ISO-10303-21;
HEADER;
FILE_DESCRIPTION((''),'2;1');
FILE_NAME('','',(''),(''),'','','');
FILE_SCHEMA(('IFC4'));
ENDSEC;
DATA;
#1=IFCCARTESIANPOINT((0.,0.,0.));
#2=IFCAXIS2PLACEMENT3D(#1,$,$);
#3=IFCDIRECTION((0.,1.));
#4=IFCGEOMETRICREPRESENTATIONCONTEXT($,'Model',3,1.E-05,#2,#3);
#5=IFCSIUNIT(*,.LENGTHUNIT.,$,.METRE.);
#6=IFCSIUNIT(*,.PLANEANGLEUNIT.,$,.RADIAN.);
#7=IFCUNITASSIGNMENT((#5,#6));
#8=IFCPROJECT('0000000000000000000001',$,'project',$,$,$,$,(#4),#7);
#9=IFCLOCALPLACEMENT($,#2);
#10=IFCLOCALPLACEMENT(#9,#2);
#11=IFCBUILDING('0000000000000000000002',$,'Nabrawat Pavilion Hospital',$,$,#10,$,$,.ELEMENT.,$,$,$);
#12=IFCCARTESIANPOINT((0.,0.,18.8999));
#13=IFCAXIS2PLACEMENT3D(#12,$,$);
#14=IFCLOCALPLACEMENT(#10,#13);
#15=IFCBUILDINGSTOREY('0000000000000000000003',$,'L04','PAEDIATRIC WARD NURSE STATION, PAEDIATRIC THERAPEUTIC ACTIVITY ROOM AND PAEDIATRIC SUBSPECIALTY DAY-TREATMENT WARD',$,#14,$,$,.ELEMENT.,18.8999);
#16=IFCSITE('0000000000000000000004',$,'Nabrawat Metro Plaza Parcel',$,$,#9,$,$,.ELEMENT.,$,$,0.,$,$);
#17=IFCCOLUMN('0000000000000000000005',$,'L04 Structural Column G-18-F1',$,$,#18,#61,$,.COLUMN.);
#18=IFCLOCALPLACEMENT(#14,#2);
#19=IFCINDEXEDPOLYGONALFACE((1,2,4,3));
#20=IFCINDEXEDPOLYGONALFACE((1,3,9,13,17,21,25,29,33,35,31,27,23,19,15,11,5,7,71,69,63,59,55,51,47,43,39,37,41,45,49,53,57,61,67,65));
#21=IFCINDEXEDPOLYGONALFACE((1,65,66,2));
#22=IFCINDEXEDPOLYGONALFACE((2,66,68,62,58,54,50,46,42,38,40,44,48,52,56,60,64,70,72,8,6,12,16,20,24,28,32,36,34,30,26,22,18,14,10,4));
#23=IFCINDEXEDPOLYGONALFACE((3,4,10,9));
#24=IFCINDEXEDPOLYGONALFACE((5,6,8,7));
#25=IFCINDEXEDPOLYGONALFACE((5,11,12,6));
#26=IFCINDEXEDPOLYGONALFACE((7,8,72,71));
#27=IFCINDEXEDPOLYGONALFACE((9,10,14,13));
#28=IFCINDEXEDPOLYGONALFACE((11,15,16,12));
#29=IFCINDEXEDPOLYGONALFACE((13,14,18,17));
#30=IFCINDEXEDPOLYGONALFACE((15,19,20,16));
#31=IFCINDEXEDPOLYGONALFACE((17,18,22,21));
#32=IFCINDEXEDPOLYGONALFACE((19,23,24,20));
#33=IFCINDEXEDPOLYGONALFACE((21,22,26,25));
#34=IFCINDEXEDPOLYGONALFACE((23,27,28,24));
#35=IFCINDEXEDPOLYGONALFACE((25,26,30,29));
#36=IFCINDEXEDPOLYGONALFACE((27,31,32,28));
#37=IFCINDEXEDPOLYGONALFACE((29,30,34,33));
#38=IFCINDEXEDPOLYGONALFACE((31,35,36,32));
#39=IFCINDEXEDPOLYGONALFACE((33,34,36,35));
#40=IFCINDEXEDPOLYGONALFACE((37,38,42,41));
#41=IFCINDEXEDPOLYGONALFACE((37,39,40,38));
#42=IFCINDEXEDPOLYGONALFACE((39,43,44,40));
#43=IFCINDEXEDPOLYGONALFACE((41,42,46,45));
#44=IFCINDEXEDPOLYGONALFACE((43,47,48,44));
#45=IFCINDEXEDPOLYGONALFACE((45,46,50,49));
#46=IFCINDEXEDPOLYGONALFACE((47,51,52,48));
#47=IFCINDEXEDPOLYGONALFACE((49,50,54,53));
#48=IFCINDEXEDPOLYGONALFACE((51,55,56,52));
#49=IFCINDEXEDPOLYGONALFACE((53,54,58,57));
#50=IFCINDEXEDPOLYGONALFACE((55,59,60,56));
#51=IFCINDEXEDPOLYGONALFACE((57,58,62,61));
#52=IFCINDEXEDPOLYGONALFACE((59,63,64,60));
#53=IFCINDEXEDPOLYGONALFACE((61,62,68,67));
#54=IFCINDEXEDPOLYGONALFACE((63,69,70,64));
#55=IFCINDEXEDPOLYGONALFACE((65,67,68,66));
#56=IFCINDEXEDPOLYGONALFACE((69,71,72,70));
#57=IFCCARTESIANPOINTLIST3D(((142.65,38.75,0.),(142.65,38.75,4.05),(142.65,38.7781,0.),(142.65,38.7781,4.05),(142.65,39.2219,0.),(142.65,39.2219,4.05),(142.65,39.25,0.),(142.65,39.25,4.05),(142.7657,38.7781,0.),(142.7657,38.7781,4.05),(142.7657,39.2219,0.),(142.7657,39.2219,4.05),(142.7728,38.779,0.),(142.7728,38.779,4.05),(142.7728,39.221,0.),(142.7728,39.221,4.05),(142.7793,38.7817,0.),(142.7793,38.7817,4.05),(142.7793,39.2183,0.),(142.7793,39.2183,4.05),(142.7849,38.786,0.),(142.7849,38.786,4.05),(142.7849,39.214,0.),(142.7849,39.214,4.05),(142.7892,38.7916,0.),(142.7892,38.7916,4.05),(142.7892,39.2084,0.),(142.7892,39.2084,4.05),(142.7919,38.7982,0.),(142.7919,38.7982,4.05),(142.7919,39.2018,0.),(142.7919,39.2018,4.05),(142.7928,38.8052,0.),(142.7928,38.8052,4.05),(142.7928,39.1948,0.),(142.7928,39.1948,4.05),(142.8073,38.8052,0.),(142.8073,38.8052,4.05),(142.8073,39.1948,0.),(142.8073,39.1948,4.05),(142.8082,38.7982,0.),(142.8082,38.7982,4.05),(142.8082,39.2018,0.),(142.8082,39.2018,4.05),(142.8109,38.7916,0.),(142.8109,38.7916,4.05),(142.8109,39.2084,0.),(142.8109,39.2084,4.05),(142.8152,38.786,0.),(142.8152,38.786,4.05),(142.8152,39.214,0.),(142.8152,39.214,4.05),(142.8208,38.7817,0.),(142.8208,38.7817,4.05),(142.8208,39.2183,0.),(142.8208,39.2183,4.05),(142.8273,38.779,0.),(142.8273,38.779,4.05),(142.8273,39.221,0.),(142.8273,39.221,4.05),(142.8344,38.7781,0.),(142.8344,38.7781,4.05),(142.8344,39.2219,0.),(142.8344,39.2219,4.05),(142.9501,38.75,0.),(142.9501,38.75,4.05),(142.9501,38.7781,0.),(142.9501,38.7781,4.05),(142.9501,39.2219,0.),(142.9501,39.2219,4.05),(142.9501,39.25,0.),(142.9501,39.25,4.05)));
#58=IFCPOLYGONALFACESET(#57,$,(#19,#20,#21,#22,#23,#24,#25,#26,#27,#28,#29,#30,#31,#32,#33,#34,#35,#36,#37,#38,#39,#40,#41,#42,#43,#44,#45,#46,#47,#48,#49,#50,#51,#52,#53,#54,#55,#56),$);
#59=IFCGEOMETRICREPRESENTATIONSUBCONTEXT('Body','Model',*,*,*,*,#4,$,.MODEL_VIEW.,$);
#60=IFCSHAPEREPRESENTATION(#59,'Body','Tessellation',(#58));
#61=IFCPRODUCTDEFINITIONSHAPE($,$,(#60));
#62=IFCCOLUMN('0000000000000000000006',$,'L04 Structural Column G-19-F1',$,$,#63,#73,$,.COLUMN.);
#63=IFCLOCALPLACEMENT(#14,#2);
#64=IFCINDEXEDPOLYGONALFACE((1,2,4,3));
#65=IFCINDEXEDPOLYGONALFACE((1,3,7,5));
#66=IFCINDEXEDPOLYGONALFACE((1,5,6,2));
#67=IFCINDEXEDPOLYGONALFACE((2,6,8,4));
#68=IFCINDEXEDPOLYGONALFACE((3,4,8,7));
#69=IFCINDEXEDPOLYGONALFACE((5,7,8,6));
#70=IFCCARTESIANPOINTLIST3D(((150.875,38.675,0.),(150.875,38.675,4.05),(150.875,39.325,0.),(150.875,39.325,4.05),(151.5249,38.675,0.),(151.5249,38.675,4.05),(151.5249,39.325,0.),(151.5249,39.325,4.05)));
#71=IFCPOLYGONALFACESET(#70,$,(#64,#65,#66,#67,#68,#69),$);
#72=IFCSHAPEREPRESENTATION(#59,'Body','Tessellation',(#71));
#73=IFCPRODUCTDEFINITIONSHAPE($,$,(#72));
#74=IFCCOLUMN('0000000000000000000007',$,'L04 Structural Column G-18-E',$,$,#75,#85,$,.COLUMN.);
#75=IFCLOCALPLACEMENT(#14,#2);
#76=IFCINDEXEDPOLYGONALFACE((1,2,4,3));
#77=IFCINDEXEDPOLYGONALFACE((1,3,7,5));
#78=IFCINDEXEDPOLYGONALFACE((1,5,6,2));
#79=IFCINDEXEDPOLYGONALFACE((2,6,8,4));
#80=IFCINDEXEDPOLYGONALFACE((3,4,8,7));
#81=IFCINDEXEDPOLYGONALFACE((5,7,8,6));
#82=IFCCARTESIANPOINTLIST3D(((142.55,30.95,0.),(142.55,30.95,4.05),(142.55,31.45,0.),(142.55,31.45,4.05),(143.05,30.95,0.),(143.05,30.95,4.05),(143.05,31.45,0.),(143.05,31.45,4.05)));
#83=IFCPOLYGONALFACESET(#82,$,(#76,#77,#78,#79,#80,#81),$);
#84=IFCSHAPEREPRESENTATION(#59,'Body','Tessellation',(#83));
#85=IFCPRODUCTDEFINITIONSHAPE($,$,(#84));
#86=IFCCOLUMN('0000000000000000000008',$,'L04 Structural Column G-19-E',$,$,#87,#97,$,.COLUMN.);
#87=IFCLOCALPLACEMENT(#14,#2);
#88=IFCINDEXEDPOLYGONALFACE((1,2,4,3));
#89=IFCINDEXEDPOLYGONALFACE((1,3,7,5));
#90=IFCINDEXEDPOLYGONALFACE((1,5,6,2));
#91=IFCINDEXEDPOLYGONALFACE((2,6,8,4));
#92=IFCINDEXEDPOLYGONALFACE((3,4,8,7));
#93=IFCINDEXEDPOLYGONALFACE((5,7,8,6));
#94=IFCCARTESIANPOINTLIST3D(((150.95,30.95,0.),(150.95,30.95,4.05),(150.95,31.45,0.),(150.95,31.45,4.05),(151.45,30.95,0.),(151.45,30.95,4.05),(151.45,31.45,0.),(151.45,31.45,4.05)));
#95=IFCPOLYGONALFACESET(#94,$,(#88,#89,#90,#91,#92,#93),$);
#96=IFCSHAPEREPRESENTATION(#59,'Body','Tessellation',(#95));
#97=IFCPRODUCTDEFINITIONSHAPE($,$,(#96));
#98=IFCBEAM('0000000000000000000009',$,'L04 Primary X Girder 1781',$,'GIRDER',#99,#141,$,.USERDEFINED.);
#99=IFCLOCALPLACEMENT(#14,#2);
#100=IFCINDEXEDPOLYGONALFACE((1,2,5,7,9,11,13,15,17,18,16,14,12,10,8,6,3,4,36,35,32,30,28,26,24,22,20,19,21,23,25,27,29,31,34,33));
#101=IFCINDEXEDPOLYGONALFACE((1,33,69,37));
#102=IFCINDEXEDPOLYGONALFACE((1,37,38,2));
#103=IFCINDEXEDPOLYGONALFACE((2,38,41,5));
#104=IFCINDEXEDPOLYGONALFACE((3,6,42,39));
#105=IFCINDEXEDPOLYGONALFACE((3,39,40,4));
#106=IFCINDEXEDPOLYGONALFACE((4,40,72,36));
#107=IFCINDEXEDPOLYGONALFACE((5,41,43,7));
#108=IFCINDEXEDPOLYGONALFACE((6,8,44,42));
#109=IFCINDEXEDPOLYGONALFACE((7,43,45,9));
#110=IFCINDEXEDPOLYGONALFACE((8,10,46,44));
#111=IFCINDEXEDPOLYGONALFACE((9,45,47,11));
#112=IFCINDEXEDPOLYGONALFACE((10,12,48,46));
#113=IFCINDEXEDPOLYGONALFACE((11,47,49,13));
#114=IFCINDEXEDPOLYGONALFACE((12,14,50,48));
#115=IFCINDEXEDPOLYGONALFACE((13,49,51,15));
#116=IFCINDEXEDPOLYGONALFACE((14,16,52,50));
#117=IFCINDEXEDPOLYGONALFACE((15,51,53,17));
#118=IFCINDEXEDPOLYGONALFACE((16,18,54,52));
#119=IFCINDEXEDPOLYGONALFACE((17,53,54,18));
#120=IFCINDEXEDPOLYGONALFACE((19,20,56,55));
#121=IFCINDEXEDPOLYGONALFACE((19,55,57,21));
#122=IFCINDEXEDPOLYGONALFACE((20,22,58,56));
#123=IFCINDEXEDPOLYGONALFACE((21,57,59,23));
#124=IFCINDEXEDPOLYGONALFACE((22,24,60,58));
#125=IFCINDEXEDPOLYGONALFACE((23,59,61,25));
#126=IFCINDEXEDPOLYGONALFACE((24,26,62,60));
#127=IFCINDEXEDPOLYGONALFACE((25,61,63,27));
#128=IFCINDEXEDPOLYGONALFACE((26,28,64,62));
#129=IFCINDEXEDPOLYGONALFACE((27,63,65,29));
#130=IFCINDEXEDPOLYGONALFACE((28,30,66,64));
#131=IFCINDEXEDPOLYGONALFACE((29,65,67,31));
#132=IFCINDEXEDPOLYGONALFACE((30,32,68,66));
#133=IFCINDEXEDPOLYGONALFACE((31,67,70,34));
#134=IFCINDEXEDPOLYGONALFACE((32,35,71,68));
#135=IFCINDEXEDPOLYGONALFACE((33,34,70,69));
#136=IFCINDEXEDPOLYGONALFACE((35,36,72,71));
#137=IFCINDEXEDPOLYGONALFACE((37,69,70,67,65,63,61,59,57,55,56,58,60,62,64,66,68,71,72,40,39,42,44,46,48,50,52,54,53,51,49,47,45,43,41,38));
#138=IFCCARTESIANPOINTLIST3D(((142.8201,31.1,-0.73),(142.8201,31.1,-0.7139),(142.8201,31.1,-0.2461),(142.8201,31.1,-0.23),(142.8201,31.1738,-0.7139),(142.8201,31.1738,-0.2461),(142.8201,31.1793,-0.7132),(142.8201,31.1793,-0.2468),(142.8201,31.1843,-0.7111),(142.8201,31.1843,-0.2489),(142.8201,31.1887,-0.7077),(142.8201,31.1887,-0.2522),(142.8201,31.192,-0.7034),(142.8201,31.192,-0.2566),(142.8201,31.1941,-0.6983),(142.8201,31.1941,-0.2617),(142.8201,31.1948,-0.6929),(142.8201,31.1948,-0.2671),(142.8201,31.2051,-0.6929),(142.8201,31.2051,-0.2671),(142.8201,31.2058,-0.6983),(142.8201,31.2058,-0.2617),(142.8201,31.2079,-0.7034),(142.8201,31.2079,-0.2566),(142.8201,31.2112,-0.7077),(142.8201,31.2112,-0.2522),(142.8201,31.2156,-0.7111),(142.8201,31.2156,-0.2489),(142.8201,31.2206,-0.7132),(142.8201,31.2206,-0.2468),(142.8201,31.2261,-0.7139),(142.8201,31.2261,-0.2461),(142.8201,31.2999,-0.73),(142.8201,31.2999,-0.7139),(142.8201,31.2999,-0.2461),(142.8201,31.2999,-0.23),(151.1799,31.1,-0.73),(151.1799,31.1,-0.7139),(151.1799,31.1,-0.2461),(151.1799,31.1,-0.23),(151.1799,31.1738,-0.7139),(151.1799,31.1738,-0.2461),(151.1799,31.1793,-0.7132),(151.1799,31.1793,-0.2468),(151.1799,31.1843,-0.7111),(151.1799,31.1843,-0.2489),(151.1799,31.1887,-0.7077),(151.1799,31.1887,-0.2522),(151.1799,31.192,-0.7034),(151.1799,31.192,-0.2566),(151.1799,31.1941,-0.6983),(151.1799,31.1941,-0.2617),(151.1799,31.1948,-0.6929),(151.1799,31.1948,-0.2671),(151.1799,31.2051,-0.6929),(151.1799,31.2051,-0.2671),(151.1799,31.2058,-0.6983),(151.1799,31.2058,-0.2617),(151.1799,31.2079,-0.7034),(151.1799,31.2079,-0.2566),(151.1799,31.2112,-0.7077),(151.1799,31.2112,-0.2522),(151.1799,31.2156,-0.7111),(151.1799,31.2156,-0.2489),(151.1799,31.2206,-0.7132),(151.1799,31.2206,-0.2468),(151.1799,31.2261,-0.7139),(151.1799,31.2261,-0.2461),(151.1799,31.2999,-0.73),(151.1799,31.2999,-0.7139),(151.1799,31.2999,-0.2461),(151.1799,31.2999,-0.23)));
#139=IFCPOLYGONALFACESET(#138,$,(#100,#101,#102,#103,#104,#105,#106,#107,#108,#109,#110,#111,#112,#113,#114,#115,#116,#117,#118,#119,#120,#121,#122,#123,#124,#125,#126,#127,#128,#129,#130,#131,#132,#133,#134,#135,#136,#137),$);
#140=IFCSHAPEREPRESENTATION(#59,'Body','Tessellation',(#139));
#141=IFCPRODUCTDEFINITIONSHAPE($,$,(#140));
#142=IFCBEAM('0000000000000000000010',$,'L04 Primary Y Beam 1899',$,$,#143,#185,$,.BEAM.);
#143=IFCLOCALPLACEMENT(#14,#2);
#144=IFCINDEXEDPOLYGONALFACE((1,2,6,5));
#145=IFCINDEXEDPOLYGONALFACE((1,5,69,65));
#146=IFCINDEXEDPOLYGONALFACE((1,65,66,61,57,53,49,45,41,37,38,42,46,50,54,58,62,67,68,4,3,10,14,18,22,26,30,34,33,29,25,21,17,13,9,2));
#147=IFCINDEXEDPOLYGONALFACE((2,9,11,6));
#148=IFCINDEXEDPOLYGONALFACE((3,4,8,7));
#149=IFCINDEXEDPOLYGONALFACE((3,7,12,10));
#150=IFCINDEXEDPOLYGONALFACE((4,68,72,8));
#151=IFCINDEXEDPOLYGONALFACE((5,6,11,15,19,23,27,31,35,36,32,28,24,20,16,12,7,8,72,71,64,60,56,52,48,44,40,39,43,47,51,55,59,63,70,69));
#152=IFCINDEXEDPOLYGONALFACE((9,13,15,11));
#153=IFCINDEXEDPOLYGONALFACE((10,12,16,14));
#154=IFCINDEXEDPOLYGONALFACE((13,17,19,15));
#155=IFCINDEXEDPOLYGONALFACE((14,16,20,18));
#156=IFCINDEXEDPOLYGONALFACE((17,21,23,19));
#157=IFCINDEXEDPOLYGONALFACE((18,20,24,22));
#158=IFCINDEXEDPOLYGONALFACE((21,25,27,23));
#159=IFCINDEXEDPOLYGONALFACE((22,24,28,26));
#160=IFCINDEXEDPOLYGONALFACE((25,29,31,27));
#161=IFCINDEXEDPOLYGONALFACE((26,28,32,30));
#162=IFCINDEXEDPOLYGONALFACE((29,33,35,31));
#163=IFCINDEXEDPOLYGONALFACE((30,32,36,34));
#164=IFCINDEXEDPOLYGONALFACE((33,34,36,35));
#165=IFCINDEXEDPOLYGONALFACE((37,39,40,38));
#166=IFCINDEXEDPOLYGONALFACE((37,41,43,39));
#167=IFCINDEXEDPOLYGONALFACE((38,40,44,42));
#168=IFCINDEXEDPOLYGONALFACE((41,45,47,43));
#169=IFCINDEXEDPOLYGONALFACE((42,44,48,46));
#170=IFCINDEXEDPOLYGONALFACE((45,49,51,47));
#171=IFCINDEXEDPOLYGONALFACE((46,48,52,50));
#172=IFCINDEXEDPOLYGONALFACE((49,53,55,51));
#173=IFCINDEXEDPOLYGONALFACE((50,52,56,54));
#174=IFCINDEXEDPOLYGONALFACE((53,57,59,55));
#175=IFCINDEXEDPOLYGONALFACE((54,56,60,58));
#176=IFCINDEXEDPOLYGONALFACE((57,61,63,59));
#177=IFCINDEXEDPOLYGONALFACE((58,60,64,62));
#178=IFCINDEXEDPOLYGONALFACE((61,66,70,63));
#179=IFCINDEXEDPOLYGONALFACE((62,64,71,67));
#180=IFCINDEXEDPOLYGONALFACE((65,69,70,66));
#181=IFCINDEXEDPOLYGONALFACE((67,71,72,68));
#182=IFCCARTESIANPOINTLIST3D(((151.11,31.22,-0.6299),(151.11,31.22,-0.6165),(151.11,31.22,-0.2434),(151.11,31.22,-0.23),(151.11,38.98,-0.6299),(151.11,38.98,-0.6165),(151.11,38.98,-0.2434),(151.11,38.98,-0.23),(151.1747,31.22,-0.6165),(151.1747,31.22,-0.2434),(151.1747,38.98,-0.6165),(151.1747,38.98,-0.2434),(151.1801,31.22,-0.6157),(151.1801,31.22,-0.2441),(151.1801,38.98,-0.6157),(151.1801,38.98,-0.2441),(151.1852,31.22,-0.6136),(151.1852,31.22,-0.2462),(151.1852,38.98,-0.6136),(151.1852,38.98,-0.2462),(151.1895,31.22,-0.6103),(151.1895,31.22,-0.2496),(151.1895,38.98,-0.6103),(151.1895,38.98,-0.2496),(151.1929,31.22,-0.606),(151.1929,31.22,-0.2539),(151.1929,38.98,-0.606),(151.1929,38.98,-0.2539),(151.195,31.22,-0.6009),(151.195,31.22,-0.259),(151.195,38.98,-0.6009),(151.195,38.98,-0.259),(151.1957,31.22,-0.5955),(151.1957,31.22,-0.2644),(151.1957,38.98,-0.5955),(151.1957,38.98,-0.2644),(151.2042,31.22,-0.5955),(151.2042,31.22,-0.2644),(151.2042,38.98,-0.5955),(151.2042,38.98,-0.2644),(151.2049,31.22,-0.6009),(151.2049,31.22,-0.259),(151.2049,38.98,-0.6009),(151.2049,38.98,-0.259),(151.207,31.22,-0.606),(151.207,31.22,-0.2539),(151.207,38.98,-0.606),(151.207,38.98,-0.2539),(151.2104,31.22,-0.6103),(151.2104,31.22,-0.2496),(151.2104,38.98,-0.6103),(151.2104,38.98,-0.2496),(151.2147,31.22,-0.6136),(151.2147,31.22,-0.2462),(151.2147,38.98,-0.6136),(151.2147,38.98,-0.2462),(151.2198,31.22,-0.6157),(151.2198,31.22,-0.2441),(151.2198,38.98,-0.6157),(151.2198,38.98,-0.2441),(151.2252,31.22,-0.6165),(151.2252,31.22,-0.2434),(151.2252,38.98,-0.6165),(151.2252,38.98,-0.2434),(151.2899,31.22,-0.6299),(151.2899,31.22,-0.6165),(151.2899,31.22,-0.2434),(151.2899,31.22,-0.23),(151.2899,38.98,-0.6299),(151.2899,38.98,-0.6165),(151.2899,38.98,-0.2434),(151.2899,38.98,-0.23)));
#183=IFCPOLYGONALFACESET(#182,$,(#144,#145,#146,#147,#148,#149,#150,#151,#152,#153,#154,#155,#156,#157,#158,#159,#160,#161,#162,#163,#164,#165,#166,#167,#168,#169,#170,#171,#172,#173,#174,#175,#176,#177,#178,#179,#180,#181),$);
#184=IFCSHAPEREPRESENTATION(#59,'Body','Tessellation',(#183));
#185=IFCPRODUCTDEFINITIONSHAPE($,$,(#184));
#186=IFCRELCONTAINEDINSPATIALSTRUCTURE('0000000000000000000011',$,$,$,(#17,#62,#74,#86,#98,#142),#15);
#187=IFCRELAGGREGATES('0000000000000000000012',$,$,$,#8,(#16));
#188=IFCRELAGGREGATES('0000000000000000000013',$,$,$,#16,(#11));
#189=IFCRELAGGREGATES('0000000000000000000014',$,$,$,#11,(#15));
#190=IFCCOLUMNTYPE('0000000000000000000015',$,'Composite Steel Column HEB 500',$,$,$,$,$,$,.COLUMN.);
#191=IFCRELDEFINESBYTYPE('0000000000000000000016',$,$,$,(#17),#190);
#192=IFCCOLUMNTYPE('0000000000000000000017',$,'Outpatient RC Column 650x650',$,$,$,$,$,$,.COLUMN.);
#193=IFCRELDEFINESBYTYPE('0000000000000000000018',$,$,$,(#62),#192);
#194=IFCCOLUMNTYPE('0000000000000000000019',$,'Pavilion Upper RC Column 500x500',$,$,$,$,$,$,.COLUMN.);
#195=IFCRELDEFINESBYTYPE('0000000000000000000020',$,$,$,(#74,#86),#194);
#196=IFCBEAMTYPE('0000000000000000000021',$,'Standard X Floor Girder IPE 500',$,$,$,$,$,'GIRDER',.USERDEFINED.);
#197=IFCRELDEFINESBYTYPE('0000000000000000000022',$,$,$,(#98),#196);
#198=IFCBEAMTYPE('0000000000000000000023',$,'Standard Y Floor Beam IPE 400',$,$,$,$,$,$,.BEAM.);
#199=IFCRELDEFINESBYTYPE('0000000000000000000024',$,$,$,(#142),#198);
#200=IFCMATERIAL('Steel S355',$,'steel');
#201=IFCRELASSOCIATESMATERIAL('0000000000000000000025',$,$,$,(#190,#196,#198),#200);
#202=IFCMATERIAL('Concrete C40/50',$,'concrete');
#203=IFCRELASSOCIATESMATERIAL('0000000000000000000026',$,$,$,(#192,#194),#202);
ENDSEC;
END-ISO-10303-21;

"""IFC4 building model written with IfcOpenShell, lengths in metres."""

from ifc_helpers import new_model, si_unit, direction, frame, origin, origin_2d, place, context, subcontext, project, spatial, rectangle, i_section, extrude, material, material_profile, profile_set, type_object, element, save


model = new_model("IFC4")

# Units and contexts
model_context = context("Model", 3, precision=1e-05, world=origin(), true_north=direction((0.0, 1.0)))
body_context = subcontext(model_context, "Body", "Model", "MODEL_VIEW")
ifc_project = project(units=[si_unit("LENGTHUNIT", "METRE"), si_unit("PLANEANGLEUNIT", "RADIAN")], contexts=[model_context])

# Site, building, storey
site_placement = place(None, origin())
site = spatial("IfcSite", under=ifc_project, at=site_placement, Name="Nabrawat Metro Plaza Parcel", CompositionType="ELEMENT", RefElevation=0.0)
building_placement = place(site_placement, origin())
building = spatial("IfcBuilding", under=site, at=building_placement, Name="Nabrawat Pavilion Hospital", CompositionType="ELEMENT")
storey_placement = place(building_placement, frame((0.0, 0.0, 18.8999)))
storey = spatial("IfcBuildingStorey", under=building, at=storey_placement, Name="L04", Description="PAEDIATRIC WARD NURSE STATION, PAEDIATRIC THERAPEUTIC ACTIVITY ROOM AND PAEDIATRIC SUBSPECIALTY DAY-TREATMENT WARD", CompositionType="ELEMENT", Elevation=18.8999)

# Columns
ifc_material_1 = material(Name="Steel S355", Category="steel")
ifc_material_profile_1 = material_profile(ifc_material_1, i_section(OverallWidth=0.3, OverallDepth=0.5, WebThickness=0.0144, FlangeThickness=0.0281, FilletRadius=0.0271, at=origin_2d()), Name="HEB 500")
ifc_profile_set_1 = profile_set([ifc_material_profile_1], Name="Steel S355")
column_type_1 = type_object("IfcColumnType", Name="Composite Steel Column HEB 500", PredefinedType="COLUMN", material=ifc_profile_set_1)
column_1_placement = place(storey_placement, frame((142.8, 39.0, 0.0), z_axis=(0.0, 0.0, 1.0), x_axis=(1.0, 0.0, 0.0)))
element("IfcColumn", 1, at=column_1_placement, inside=storey, type_object=column_type_1, Name="L04 Structural Column G-18-F1", PredefinedType="COLUMN", context=body_context, shape_type="SweptSolid", body=[
    extrude(i_section(OverallWidth=0.3, OverallDepth=0.5, WebThickness=0.0144, FlangeThickness=0.0281, FilletRadius=0.0271, at=origin_2d()), origin(), (0.0, 0.0, 1.0), 4.05),
])
ifc_material_2 = material(Name="Concrete C40/50", Category="concrete")
ifc_material_profile_2 = material_profile(ifc_material_2, rectangle(XDim=0.6499, YDim=0.6499, at=origin_2d()), Name="RC 650x650")
ifc_profile_set_2 = profile_set([ifc_material_profile_2], Name="Concrete C40/50")
column_type_2 = type_object("IfcColumnType", Name="Outpatient RC Column 650x650", PredefinedType="COLUMN", material=ifc_profile_set_2)
column_2_placement = place(storey_placement, frame((151.2, 39.0, 0.0), z_axis=(0.0, 0.0, 1.0), x_axis=(1.0, 0.0, 0.0)))
element("IfcColumn", 2, at=column_2_placement, inside=storey, type_object=column_type_2, Name="L04 Structural Column G-19-F1", PredefinedType="COLUMN", context=body_context, shape_type="SweptSolid", body=[
    extrude(rectangle(XDim=0.6499, YDim=0.6499, at=origin_2d()), origin(), (0.0, 0.0, 1.0), 4.05),
])
ifc_material_profile_3 = material_profile(ifc_material_2, rectangle(XDim=0.5, YDim=0.5, at=origin_2d()), Name="RC 500x500")
ifc_profile_set_3 = profile_set([ifc_material_profile_3], Name="Concrete C40/50")
column_type_3 = type_object("IfcColumnType", Name="Pavilion Upper RC Column 500x500", PredefinedType="COLUMN", material=ifc_profile_set_3)
for number, where, z_axis, x_axis, name in (
    (3, (142.8, 31.2, 0.0), (0.0, 0.0, 1.0), (1.0, 0.0, 0.0), "L04 Structural Column G-18-E"),
    (4, (151.2, 31.2, 0.0), (0.0, 0.0, 1.0), (1.0, 0.0, 0.0), "L04 Structural Column G-19-E"),
):
    element("IfcColumn", number, at=place(storey_placement, frame(where, z_axis=z_axis, x_axis=x_axis)), inside=storey, type_object=column_type_3, Name=name, PredefinedType="COLUMN", context=body_context, shape_type="SweptSolid", body=[
        extrude(rectangle(XDim=0.5, YDim=0.5, at=origin_2d()), origin(), (0.0, 0.0, 1.0), 4.05),
    ])

# Beams
ifc_material_profile_4 = material_profile(ifc_material_1, i_section(OverallWidth=0.2, OverallDepth=0.5, WebThickness=0.0103, FlangeThickness=0.0161, FilletRadius=0.021, at=origin_2d()), Name="IPE 500")
ifc_profile_set_4 = profile_set([ifc_material_profile_4], Name="Steel S355")
beam_type_1 = type_object("IfcBeamType", Name="Standard X Floor Girder IPE 500", ElementType="GIRDER", PredefinedType="USERDEFINED", material=ifc_profile_set_4)
beam_1_placement = place(storey_placement, frame((142.8201, 31.2, -0.48), z_axis=(1.0, 0.0, 0.0), x_axis=(0.0, 1.0, 0.0)))
element("IfcBeam", 5, at=beam_1_placement, inside=storey, type_object=beam_type_1, Name="L04 Primary X Girder 1781", ObjectType="GIRDER", PredefinedType="USERDEFINED", context=body_context, shape_type="SweptSolid", body=[
    extrude(i_section(OverallWidth=0.2, OverallDepth=0.5, WebThickness=0.0103, FlangeThickness=0.0161, FilletRadius=0.021, at=origin_2d()), origin(), (0.0, 0.0, 1.0), 8.3599),
])
ifc_material_profile_5 = material_profile(ifc_material_1, i_section(OverallWidth=0.1799, OverallDepth=0.3999, WebThickness=0.0085, FlangeThickness=0.0134, FilletRadius=0.021, at=origin_2d()), Name="IPE 400")
ifc_profile_set_5 = profile_set([ifc_material_profile_5], Name="Steel S355")
beam_type_2 = type_object("IfcBeamType", Name="Standard Y Floor Beam IPE 400", PredefinedType="BEAM", material=ifc_profile_set_5)
beam_2_placement = place(storey_placement, frame((151.2, 31.22, -0.4299), z_axis=(0.0, 1.0, 0.0), x_axis=(-1.0, 0.0, 0.0)))
element("IfcBeam", 6, at=beam_2_placement, inside=storey, type_object=beam_type_2, Name="L04 Primary Y Beam 1899", PredefinedType="BEAM", context=body_context, shape_type="SweptSolid", body=[
    extrude(i_section(OverallWidth=0.1799, OverallDepth=0.3999, WebThickness=0.0085, FlangeThickness=0.0134, FilletRadius=0.021, at=origin_2d()), origin(), (0.0, 0.0, 1.0), 7.76),
])

save(model, "model.ifc")
